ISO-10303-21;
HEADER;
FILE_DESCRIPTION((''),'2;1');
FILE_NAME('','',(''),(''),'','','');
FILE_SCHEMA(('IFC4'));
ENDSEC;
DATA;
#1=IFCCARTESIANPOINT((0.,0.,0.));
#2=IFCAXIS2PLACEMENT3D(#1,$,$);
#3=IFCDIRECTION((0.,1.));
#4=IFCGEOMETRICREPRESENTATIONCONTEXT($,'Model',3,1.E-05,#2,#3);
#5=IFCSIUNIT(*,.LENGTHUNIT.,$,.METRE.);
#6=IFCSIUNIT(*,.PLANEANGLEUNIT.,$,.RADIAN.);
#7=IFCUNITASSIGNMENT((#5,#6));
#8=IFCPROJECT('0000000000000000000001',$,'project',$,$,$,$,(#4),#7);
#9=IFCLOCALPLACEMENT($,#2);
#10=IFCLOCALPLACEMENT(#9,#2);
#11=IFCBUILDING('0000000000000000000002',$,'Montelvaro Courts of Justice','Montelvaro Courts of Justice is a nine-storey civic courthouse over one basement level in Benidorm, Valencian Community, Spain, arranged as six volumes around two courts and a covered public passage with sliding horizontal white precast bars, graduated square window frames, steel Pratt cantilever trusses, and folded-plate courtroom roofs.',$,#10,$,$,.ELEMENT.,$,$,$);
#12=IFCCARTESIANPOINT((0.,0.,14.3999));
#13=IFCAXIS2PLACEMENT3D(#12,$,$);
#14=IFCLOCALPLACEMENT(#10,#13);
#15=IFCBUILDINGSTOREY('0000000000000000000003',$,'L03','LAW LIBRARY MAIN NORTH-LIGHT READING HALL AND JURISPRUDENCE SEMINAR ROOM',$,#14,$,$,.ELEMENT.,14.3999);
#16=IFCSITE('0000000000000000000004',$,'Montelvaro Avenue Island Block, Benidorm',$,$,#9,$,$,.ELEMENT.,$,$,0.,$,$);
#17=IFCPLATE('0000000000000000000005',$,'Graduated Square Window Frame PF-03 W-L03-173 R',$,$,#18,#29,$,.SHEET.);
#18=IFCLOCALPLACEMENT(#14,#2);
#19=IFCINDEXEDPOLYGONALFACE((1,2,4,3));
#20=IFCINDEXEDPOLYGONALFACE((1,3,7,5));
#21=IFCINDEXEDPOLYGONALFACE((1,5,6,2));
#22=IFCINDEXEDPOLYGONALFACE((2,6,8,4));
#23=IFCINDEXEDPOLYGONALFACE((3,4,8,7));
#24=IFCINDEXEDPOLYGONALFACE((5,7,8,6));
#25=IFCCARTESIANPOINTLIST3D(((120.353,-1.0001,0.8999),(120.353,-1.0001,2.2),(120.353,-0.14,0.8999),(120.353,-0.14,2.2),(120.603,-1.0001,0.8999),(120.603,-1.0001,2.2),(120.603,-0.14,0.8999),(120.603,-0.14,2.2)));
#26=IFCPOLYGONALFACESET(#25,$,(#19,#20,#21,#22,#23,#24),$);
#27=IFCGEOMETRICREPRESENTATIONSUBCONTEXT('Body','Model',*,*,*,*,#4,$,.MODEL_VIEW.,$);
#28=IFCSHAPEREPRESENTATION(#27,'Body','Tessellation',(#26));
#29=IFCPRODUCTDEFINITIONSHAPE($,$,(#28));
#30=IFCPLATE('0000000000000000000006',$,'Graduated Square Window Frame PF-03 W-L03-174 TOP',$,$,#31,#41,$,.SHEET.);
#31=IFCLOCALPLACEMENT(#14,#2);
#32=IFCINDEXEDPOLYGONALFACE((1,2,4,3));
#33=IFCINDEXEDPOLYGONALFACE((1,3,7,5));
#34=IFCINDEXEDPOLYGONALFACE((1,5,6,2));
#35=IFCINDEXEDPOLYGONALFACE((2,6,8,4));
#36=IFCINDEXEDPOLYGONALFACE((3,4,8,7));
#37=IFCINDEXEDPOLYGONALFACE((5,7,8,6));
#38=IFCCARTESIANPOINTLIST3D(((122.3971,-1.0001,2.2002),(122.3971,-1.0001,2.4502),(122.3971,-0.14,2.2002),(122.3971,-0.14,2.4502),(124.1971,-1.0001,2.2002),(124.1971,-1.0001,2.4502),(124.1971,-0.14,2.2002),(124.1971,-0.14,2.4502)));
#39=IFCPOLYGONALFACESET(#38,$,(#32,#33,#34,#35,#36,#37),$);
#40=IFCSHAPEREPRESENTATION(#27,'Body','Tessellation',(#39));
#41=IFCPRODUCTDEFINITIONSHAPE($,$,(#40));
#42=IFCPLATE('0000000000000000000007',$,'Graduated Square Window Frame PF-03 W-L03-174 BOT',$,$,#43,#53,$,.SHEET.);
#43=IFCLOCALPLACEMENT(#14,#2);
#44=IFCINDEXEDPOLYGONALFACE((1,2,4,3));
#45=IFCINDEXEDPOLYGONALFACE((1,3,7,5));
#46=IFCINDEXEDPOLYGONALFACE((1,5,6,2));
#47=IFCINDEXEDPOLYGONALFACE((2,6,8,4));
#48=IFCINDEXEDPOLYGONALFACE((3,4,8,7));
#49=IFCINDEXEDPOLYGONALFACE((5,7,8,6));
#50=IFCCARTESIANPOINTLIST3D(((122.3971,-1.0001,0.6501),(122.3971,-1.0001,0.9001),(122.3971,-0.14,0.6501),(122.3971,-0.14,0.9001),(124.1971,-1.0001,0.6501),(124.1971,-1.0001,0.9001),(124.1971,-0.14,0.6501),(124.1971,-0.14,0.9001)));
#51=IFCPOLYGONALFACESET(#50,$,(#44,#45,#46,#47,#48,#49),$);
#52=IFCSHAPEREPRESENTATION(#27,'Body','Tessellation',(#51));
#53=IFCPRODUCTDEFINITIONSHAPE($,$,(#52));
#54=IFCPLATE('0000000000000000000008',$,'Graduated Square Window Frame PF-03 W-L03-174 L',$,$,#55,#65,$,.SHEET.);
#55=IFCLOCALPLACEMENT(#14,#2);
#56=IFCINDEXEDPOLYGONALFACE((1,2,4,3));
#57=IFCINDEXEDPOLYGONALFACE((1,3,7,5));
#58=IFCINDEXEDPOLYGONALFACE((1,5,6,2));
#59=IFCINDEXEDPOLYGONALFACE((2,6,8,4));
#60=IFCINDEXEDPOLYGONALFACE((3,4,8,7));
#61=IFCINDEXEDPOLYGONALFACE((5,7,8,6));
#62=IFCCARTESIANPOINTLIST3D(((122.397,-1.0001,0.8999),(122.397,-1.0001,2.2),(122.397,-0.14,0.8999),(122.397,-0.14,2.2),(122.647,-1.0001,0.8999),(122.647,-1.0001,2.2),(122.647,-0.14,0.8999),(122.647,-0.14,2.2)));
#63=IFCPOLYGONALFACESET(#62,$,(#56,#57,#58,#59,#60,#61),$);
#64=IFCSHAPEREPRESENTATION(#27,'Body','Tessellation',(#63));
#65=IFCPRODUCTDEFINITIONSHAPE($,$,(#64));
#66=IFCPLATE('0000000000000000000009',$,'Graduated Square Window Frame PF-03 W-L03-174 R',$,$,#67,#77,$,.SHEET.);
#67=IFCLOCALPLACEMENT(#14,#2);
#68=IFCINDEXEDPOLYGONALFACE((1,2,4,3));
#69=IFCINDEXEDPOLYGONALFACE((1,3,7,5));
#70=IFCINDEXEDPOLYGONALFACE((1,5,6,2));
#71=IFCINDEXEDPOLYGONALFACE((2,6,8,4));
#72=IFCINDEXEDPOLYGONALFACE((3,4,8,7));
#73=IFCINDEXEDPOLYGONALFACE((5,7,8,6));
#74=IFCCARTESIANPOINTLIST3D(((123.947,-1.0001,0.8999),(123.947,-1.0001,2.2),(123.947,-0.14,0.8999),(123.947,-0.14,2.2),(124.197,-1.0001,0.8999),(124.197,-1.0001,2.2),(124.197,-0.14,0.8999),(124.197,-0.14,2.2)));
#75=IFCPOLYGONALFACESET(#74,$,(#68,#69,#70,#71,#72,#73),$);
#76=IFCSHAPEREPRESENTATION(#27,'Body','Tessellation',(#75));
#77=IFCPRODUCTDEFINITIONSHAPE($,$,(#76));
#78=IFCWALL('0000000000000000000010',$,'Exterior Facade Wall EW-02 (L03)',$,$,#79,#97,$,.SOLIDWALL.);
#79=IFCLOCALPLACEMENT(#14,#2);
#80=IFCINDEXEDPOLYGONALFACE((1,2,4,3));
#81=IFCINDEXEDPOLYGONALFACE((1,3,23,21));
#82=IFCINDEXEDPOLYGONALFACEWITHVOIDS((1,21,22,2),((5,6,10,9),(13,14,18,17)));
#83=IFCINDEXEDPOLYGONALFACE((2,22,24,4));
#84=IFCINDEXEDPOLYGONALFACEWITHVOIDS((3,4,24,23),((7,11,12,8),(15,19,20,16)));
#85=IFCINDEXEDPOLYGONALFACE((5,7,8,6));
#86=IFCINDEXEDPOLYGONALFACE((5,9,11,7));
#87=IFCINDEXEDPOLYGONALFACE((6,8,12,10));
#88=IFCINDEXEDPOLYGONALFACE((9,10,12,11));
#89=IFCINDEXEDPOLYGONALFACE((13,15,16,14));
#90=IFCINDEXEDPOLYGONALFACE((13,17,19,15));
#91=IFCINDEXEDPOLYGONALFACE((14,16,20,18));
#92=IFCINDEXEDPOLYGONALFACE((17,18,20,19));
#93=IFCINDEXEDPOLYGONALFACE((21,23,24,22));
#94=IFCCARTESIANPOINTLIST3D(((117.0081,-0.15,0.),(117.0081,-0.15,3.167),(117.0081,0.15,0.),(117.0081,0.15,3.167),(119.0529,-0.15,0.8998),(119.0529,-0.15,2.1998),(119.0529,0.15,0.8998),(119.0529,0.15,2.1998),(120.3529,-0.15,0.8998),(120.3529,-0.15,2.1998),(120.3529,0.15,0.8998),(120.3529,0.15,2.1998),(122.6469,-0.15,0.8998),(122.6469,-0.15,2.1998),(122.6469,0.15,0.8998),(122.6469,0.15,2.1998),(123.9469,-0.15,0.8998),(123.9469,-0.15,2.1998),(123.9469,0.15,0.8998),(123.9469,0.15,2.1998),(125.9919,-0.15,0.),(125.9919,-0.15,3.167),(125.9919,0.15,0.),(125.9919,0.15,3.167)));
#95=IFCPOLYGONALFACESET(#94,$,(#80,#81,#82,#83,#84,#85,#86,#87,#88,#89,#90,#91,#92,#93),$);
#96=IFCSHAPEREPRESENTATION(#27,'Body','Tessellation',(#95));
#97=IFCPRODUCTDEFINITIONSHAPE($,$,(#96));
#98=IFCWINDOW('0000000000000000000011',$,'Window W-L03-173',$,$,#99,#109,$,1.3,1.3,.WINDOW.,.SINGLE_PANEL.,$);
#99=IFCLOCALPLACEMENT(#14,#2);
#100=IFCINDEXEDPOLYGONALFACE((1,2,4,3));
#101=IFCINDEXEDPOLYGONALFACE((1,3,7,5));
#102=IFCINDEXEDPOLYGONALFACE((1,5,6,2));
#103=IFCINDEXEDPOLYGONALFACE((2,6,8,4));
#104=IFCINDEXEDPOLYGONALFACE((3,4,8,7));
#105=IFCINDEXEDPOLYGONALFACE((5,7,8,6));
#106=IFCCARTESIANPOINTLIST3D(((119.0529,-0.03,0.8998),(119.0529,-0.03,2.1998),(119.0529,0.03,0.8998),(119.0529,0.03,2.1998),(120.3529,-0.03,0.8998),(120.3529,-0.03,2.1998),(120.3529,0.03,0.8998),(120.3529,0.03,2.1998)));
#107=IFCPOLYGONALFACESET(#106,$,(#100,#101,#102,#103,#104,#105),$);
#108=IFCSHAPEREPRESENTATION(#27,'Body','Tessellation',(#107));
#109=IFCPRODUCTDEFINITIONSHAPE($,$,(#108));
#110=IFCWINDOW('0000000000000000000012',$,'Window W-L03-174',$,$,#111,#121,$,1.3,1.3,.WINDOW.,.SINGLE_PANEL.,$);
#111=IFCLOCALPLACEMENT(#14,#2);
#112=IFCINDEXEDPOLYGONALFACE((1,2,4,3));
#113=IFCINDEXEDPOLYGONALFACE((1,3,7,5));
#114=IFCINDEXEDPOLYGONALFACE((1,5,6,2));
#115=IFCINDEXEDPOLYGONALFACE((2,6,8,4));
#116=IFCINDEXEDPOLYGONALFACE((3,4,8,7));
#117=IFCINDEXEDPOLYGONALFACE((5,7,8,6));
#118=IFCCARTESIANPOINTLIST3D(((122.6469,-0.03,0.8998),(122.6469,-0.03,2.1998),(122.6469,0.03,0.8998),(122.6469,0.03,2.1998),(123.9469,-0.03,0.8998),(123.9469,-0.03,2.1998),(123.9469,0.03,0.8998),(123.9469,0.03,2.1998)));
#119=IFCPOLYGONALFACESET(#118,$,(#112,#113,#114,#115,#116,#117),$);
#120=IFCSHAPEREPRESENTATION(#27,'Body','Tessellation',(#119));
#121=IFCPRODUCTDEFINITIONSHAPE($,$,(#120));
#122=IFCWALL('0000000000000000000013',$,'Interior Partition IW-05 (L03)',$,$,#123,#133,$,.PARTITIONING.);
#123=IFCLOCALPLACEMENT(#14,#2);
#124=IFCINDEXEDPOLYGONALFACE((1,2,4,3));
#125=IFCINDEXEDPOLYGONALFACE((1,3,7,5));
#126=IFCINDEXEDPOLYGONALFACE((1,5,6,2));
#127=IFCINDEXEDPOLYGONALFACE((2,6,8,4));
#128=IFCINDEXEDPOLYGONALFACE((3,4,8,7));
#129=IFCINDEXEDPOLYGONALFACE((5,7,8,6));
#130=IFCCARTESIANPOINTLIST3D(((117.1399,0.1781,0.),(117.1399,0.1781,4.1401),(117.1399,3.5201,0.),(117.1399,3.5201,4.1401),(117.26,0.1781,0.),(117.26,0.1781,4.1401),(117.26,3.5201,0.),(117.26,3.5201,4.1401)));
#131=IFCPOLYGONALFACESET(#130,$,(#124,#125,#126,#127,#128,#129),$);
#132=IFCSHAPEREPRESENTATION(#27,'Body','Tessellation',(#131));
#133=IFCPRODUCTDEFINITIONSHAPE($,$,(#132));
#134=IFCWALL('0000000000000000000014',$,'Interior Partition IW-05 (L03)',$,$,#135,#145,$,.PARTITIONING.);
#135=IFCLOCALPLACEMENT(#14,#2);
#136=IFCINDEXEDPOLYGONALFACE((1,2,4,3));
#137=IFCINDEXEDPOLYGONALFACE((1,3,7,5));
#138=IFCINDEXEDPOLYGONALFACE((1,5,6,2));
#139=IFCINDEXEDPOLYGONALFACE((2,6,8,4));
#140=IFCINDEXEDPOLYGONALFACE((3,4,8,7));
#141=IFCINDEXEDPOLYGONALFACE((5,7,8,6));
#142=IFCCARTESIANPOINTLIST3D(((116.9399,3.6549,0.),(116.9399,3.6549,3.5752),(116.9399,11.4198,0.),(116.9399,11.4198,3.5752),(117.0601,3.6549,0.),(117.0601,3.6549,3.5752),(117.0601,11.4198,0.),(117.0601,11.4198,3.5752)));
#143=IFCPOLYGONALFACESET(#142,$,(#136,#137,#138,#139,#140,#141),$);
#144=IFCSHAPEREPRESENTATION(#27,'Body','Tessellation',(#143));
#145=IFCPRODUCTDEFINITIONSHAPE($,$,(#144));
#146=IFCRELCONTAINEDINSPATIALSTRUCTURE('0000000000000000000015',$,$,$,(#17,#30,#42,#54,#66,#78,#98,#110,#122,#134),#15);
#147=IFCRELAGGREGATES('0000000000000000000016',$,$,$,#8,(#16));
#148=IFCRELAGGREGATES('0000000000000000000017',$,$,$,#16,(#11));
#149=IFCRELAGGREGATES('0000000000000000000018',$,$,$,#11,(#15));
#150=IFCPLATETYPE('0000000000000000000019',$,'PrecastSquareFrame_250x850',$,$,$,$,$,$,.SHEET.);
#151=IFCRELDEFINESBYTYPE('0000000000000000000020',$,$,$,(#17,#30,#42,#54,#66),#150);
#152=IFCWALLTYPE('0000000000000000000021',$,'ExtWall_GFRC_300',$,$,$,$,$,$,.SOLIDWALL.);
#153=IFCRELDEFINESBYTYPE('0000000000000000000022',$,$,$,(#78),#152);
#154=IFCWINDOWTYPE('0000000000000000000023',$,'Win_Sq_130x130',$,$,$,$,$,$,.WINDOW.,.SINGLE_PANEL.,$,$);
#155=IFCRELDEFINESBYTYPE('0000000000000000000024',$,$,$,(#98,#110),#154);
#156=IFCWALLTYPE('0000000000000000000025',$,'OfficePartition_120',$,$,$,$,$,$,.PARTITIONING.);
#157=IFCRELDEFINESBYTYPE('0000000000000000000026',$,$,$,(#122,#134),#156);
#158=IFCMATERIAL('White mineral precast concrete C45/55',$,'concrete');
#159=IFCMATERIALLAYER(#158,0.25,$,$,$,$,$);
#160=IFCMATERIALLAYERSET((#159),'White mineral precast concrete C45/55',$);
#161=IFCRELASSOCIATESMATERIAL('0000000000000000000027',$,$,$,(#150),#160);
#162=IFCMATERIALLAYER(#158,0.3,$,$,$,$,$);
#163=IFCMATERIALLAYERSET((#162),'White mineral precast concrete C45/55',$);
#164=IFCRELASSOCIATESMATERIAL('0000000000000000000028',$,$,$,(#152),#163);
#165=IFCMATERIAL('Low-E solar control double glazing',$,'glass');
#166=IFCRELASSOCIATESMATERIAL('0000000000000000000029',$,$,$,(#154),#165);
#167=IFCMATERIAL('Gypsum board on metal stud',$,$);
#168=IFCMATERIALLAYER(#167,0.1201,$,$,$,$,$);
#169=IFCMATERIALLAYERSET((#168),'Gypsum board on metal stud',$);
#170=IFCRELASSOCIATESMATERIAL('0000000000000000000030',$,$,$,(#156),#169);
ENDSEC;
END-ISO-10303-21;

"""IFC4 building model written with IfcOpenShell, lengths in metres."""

from ifc_helpers import new_model, si_unit, direction, frame, frame_2d, origin, origin_2d, place, context, subcontext, project, spatial, rectangle, extrude, material, layer, layer_set, type_object, element, fill, save


model = new_model("IFC4")

# Units and contexts
model_context = context("Model", 3, precision=1e-05, world=origin(), true_north=direction((0.0, 1.0)))
body_context = subcontext(model_context, "Body", "Model", "MODEL_VIEW")
ifc_project = project(units=[si_unit("LENGTHUNIT", "METRE"), si_unit("PLANEANGLEUNIT", "RADIAN")], contexts=[model_context])

# Site, building, storey
site_placement = place(None, origin())
site = spatial("IfcSite", under=ifc_project, at=site_placement, Name="Montelvaro Avenue Island Block, Benidorm", CompositionType="ELEMENT", RefElevation=0.0)
building_placement = place(site_placement, origin())
building = spatial("IfcBuilding", under=site, at=building_placement, Name="Montelvaro Courts of Justice", Description="Montelvaro Courts of Justice is a nine-storey civic courthouse over one basement level in Benidorm, Valencian Community, Spain, arranged as six volumes around two courts and a covered public passage with sliding horizontal white precast bars, graduated square window frames, steel Pratt cantilever trusses, and folded-plate courtroom roofs.", CompositionType="ELEMENT")
storey_placement = place(building_placement, frame((0.0, 0.0, 14.3999)))
storey = spatial("IfcBuildingStorey", under=building, at=storey_placement, Name="L03", Description="LAW LIBRARY MAIN NORTH-LIGHT READING HALL AND JURISPRUDENCE SEMINAR ROOM", CompositionType="ELEMENT", Elevation=14.3999)

# Plates
ifc_material_1 = material(Name="White mineral precast concrete C45/55", Category="concrete")
ifc_layer_1 = layer(ifc_material_1, 0.25)
ifc_layer_set_1 = layer_set([ifc_layer_1], Name="White mineral precast concrete C45/55")
plate_type = type_object("IfcPlateType", Name="PrecastSquareFrame_250x850", PredefinedType="SHEET", material=ifc_layer_set_1)
for number, where, z_axis, x_axis, name in (
    (1, (120.478, -0.5701, 0.8999), (0.0, 0.0, 1.0), (1.0, 0.0, 0.0), "Graduated Square Window Frame PF-03 W-L03-173 R"),
):
    element("IfcPlate", number, at=place(storey_placement, frame(where, z_axis=z_axis, x_axis=x_axis)), inside=storey, type_object=plate_type, Name=name, PredefinedType="SHEET", context=body_context, shape_type="SweptSolid", body=[
        extrude(rectangle(XDim=0.25, YDim=0.8601, at=origin_2d()), origin(), (0.0, 0.0, 1.0), 1.3),
    ])
for number, where, z_axis, x_axis, name in (
    (2, (123.2971, -0.5701, 2.2002), (0.0, 0.0, 1.0), (1.0, 0.0, 0.0), "Graduated Square Window Frame PF-03 W-L03-174 TOP"),
    (3, (123.2971, -0.5701, 0.6501), (0.0, 0.0, 1.0), (1.0, 0.0, 0.0), "Graduated Square Window Frame PF-03 W-L03-174 BOT"),
):
    element("IfcPlate", number, at=place(storey_placement, frame(where, z_axis=z_axis, x_axis=x_axis)), inside=storey, type_object=plate_type, Name=name, PredefinedType="SHEET", context=body_context, shape_type="SweptSolid", body=[
        extrude(rectangle(XDim=1.8, YDim=0.8601, at=origin_2d()), origin(), (0.0, 0.0, 1.0), 0.25),
    ])
for number, where, z_axis, x_axis, name in (
    (4, (122.522, -0.5701, 0.8999), (0.0, 0.0, 1.0), (1.0, 0.0, 0.0), "Graduated Square Window Frame PF-03 W-L03-174 L"),
    (5, (124.072, -0.5701, 0.8999), (0.0, 0.0, 1.0), (1.0, 0.0, 0.0), "Graduated Square Window Frame PF-03 W-L03-174 R"),
):
    element("IfcPlate", number, at=place(storey_placement, frame(where, z_axis=z_axis, x_axis=x_axis)), inside=storey, type_object=plate_type, Name=name, PredefinedType="SHEET", context=body_context, shape_type="SweptSolid", body=[
        extrude(rectangle(XDim=0.25, YDim=0.8601, at=origin_2d()), origin(), (0.0, 0.0, 1.0), 1.3),
    ])

# Wall, openings, windows
ifc_layer_2 = layer(ifc_material_1, 0.3)
ifc_layer_set_2 = layer_set([ifc_layer_2], Name="White mineral precast concrete C45/55")
wall_type_1 = type_object("IfcWallType", Name="ExtWall_GFRC_300", PredefinedType="SOLIDWALL", material=ifc_layer_set_2)
wall_1_placement = place(storey_placement, frame((117.0081, 0.0, 0.0), z_axis=(0.0, 0.0, 1.0), x_axis=(1.0, 0.0, 0.0)))
wall_1 = element("IfcWall", 6, at=wall_1_placement, inside=storey, type_object=wall_type_1, Name="Exterior Facade Wall EW-02 (L03)", PredefinedType="SOLIDWALL", context=body_context, shape_type="SweptSolid", body=[
    extrude(rectangle(XDim=8.9839, YDim=0.3, at=frame_2d((4.4919, 0.0))), origin(), (0.0, 0.0, 1.0), 3.167),
])
opening_1_placement = place(wall_1_placement, frame((2.0449, 0.0, 0.8999)))
opening_1 = element("IfcOpeningElement", 7, at=opening_1_placement, cuts=wall_1, PredefinedType="OPENING", context=body_context, shape_type="SweptSolid", body=[
    extrude(rectangle(XDim=1.3, YDim=1.3, at=frame_2d((0.6499, 0.6499))), frame((0.0, 0.165, 0.0), z_axis=(0.0, -1.0, 0.0), x_axis=(1.0, 0.0, 0.0)), (0.0, 0.0, 1.0), 0.3298),
])
opening_2_placement = place(wall_1_placement, frame((5.6389, 0.0, 0.8999)))
opening_2 = element("IfcOpeningElement", 8, at=opening_2_placement, cuts=wall_1, PredefinedType="OPENING", context=body_context, shape_type="SweptSolid", body=[
    extrude(rectangle(XDim=1.3, YDim=1.3, at=frame_2d((0.6499, 0.6499))), frame((0.0, 0.165, 0.0), z_axis=(0.0, -1.0, 0.0), x_axis=(1.0, 0.0, 0.0)), (0.0, 0.0, 1.0), 0.3298),
])
ifc_material_2 = material(Name="Low-E solar control double glazing", Category="glass")
window_type = type_object("IfcWindowType", Name="Win_Sq_130x130", PartitioningType="SINGLE_PANEL", PredefinedType="WINDOW", material=ifc_material_2)
window_1_placement = place(opening_1_placement, origin())
window_1 = element("IfcWindow", 9, at=window_1_placement, inside=storey, type_object=window_type, Name="Window W-L03-173", OverallHeight=1.3, OverallWidth=1.3, PartitioningType="SINGLE_PANEL", PredefinedType="WINDOW", context=body_context, shape_type="SweptSolid", body=[
    extrude(rectangle(XDim=1.3, YDim=1.3, at=frame_2d((0.6499, 0.6499))), frame((0.0, 0.03, 0.0), z_axis=(0.0, -1.0, 0.0), x_axis=(1.0, 0.0, 0.0)), (0.0, 0.0, 1.0), 0.0601),
])
fill(opening_1, window_1)
window_2_placement = place(opening_2_placement, origin())
window_2 = element("IfcWindow", 10, at=window_2_placement, inside=storey, type_object=window_type, Name="Window W-L03-174", OverallHeight=1.3, OverallWidth=1.3, PartitioningType="SINGLE_PANEL", PredefinedType="WINDOW", context=body_context, shape_type="SweptSolid", body=[
    extrude(rectangle(XDim=1.3, YDim=1.3, at=frame_2d((0.6499, 0.6499))), frame((0.0, 0.03, 0.0), z_axis=(0.0, -1.0, 0.0), x_axis=(1.0, 0.0, 0.0)), (0.0, 0.0, 1.0), 0.0601),
])
fill(opening_2, window_2)

# Walls
ifc_material_3 = material(Name="Gypsum board on metal stud")
ifc_layer_3 = layer(ifc_material_3, 0.1201)
ifc_layer_set_3 = layer_set([ifc_layer_3], Name="Gypsum board on metal stud")
wall_type_2 = type_object("IfcWallType", Name="OfficePartition_120", PredefinedType="PARTITIONING", material=ifc_layer_set_3)
wall_2_placement = place(storey_placement, frame((117.2, 3.52, 0.0), z_axis=(0.0, 0.0, 1.0), x_axis=(0.0, -1.0, 0.0)))
element("IfcWall", 11, at=wall_2_placement, inside=storey, type_object=wall_type_2, Name="Interior Partition IW-05 (L03)", PredefinedType="PARTITIONING", context=body_context, shape_type="SweptSolid", body=[
    extrude(rectangle(XDim=3.342, YDim=0.1201, at=frame_2d((1.6709, 0.0))), origin(), (0.0, 0.0, 1.0), 4.1401),
])
wall_3_placement = place(storey_placement, frame((117.0, 3.655, 0.0), z_axis=(0.0, 0.0, 1.0), x_axis=(0.0, 1.0, 0.0)))
element("IfcWall", 12, at=wall_3_placement, inside=storey, type_object=wall_type_2, Name="Interior Partition IW-05 (L03)", PredefinedType="PARTITIONING", context=body_context, shape_type="SweptSolid", body=[
    extrude(rectangle(XDim=7.7649, YDim=0.1201, at=frame_2d((3.8823, 0.0))), origin(), (0.0, 0.0, 1.0), 3.5752),
])

save(model, "model.ifc")
